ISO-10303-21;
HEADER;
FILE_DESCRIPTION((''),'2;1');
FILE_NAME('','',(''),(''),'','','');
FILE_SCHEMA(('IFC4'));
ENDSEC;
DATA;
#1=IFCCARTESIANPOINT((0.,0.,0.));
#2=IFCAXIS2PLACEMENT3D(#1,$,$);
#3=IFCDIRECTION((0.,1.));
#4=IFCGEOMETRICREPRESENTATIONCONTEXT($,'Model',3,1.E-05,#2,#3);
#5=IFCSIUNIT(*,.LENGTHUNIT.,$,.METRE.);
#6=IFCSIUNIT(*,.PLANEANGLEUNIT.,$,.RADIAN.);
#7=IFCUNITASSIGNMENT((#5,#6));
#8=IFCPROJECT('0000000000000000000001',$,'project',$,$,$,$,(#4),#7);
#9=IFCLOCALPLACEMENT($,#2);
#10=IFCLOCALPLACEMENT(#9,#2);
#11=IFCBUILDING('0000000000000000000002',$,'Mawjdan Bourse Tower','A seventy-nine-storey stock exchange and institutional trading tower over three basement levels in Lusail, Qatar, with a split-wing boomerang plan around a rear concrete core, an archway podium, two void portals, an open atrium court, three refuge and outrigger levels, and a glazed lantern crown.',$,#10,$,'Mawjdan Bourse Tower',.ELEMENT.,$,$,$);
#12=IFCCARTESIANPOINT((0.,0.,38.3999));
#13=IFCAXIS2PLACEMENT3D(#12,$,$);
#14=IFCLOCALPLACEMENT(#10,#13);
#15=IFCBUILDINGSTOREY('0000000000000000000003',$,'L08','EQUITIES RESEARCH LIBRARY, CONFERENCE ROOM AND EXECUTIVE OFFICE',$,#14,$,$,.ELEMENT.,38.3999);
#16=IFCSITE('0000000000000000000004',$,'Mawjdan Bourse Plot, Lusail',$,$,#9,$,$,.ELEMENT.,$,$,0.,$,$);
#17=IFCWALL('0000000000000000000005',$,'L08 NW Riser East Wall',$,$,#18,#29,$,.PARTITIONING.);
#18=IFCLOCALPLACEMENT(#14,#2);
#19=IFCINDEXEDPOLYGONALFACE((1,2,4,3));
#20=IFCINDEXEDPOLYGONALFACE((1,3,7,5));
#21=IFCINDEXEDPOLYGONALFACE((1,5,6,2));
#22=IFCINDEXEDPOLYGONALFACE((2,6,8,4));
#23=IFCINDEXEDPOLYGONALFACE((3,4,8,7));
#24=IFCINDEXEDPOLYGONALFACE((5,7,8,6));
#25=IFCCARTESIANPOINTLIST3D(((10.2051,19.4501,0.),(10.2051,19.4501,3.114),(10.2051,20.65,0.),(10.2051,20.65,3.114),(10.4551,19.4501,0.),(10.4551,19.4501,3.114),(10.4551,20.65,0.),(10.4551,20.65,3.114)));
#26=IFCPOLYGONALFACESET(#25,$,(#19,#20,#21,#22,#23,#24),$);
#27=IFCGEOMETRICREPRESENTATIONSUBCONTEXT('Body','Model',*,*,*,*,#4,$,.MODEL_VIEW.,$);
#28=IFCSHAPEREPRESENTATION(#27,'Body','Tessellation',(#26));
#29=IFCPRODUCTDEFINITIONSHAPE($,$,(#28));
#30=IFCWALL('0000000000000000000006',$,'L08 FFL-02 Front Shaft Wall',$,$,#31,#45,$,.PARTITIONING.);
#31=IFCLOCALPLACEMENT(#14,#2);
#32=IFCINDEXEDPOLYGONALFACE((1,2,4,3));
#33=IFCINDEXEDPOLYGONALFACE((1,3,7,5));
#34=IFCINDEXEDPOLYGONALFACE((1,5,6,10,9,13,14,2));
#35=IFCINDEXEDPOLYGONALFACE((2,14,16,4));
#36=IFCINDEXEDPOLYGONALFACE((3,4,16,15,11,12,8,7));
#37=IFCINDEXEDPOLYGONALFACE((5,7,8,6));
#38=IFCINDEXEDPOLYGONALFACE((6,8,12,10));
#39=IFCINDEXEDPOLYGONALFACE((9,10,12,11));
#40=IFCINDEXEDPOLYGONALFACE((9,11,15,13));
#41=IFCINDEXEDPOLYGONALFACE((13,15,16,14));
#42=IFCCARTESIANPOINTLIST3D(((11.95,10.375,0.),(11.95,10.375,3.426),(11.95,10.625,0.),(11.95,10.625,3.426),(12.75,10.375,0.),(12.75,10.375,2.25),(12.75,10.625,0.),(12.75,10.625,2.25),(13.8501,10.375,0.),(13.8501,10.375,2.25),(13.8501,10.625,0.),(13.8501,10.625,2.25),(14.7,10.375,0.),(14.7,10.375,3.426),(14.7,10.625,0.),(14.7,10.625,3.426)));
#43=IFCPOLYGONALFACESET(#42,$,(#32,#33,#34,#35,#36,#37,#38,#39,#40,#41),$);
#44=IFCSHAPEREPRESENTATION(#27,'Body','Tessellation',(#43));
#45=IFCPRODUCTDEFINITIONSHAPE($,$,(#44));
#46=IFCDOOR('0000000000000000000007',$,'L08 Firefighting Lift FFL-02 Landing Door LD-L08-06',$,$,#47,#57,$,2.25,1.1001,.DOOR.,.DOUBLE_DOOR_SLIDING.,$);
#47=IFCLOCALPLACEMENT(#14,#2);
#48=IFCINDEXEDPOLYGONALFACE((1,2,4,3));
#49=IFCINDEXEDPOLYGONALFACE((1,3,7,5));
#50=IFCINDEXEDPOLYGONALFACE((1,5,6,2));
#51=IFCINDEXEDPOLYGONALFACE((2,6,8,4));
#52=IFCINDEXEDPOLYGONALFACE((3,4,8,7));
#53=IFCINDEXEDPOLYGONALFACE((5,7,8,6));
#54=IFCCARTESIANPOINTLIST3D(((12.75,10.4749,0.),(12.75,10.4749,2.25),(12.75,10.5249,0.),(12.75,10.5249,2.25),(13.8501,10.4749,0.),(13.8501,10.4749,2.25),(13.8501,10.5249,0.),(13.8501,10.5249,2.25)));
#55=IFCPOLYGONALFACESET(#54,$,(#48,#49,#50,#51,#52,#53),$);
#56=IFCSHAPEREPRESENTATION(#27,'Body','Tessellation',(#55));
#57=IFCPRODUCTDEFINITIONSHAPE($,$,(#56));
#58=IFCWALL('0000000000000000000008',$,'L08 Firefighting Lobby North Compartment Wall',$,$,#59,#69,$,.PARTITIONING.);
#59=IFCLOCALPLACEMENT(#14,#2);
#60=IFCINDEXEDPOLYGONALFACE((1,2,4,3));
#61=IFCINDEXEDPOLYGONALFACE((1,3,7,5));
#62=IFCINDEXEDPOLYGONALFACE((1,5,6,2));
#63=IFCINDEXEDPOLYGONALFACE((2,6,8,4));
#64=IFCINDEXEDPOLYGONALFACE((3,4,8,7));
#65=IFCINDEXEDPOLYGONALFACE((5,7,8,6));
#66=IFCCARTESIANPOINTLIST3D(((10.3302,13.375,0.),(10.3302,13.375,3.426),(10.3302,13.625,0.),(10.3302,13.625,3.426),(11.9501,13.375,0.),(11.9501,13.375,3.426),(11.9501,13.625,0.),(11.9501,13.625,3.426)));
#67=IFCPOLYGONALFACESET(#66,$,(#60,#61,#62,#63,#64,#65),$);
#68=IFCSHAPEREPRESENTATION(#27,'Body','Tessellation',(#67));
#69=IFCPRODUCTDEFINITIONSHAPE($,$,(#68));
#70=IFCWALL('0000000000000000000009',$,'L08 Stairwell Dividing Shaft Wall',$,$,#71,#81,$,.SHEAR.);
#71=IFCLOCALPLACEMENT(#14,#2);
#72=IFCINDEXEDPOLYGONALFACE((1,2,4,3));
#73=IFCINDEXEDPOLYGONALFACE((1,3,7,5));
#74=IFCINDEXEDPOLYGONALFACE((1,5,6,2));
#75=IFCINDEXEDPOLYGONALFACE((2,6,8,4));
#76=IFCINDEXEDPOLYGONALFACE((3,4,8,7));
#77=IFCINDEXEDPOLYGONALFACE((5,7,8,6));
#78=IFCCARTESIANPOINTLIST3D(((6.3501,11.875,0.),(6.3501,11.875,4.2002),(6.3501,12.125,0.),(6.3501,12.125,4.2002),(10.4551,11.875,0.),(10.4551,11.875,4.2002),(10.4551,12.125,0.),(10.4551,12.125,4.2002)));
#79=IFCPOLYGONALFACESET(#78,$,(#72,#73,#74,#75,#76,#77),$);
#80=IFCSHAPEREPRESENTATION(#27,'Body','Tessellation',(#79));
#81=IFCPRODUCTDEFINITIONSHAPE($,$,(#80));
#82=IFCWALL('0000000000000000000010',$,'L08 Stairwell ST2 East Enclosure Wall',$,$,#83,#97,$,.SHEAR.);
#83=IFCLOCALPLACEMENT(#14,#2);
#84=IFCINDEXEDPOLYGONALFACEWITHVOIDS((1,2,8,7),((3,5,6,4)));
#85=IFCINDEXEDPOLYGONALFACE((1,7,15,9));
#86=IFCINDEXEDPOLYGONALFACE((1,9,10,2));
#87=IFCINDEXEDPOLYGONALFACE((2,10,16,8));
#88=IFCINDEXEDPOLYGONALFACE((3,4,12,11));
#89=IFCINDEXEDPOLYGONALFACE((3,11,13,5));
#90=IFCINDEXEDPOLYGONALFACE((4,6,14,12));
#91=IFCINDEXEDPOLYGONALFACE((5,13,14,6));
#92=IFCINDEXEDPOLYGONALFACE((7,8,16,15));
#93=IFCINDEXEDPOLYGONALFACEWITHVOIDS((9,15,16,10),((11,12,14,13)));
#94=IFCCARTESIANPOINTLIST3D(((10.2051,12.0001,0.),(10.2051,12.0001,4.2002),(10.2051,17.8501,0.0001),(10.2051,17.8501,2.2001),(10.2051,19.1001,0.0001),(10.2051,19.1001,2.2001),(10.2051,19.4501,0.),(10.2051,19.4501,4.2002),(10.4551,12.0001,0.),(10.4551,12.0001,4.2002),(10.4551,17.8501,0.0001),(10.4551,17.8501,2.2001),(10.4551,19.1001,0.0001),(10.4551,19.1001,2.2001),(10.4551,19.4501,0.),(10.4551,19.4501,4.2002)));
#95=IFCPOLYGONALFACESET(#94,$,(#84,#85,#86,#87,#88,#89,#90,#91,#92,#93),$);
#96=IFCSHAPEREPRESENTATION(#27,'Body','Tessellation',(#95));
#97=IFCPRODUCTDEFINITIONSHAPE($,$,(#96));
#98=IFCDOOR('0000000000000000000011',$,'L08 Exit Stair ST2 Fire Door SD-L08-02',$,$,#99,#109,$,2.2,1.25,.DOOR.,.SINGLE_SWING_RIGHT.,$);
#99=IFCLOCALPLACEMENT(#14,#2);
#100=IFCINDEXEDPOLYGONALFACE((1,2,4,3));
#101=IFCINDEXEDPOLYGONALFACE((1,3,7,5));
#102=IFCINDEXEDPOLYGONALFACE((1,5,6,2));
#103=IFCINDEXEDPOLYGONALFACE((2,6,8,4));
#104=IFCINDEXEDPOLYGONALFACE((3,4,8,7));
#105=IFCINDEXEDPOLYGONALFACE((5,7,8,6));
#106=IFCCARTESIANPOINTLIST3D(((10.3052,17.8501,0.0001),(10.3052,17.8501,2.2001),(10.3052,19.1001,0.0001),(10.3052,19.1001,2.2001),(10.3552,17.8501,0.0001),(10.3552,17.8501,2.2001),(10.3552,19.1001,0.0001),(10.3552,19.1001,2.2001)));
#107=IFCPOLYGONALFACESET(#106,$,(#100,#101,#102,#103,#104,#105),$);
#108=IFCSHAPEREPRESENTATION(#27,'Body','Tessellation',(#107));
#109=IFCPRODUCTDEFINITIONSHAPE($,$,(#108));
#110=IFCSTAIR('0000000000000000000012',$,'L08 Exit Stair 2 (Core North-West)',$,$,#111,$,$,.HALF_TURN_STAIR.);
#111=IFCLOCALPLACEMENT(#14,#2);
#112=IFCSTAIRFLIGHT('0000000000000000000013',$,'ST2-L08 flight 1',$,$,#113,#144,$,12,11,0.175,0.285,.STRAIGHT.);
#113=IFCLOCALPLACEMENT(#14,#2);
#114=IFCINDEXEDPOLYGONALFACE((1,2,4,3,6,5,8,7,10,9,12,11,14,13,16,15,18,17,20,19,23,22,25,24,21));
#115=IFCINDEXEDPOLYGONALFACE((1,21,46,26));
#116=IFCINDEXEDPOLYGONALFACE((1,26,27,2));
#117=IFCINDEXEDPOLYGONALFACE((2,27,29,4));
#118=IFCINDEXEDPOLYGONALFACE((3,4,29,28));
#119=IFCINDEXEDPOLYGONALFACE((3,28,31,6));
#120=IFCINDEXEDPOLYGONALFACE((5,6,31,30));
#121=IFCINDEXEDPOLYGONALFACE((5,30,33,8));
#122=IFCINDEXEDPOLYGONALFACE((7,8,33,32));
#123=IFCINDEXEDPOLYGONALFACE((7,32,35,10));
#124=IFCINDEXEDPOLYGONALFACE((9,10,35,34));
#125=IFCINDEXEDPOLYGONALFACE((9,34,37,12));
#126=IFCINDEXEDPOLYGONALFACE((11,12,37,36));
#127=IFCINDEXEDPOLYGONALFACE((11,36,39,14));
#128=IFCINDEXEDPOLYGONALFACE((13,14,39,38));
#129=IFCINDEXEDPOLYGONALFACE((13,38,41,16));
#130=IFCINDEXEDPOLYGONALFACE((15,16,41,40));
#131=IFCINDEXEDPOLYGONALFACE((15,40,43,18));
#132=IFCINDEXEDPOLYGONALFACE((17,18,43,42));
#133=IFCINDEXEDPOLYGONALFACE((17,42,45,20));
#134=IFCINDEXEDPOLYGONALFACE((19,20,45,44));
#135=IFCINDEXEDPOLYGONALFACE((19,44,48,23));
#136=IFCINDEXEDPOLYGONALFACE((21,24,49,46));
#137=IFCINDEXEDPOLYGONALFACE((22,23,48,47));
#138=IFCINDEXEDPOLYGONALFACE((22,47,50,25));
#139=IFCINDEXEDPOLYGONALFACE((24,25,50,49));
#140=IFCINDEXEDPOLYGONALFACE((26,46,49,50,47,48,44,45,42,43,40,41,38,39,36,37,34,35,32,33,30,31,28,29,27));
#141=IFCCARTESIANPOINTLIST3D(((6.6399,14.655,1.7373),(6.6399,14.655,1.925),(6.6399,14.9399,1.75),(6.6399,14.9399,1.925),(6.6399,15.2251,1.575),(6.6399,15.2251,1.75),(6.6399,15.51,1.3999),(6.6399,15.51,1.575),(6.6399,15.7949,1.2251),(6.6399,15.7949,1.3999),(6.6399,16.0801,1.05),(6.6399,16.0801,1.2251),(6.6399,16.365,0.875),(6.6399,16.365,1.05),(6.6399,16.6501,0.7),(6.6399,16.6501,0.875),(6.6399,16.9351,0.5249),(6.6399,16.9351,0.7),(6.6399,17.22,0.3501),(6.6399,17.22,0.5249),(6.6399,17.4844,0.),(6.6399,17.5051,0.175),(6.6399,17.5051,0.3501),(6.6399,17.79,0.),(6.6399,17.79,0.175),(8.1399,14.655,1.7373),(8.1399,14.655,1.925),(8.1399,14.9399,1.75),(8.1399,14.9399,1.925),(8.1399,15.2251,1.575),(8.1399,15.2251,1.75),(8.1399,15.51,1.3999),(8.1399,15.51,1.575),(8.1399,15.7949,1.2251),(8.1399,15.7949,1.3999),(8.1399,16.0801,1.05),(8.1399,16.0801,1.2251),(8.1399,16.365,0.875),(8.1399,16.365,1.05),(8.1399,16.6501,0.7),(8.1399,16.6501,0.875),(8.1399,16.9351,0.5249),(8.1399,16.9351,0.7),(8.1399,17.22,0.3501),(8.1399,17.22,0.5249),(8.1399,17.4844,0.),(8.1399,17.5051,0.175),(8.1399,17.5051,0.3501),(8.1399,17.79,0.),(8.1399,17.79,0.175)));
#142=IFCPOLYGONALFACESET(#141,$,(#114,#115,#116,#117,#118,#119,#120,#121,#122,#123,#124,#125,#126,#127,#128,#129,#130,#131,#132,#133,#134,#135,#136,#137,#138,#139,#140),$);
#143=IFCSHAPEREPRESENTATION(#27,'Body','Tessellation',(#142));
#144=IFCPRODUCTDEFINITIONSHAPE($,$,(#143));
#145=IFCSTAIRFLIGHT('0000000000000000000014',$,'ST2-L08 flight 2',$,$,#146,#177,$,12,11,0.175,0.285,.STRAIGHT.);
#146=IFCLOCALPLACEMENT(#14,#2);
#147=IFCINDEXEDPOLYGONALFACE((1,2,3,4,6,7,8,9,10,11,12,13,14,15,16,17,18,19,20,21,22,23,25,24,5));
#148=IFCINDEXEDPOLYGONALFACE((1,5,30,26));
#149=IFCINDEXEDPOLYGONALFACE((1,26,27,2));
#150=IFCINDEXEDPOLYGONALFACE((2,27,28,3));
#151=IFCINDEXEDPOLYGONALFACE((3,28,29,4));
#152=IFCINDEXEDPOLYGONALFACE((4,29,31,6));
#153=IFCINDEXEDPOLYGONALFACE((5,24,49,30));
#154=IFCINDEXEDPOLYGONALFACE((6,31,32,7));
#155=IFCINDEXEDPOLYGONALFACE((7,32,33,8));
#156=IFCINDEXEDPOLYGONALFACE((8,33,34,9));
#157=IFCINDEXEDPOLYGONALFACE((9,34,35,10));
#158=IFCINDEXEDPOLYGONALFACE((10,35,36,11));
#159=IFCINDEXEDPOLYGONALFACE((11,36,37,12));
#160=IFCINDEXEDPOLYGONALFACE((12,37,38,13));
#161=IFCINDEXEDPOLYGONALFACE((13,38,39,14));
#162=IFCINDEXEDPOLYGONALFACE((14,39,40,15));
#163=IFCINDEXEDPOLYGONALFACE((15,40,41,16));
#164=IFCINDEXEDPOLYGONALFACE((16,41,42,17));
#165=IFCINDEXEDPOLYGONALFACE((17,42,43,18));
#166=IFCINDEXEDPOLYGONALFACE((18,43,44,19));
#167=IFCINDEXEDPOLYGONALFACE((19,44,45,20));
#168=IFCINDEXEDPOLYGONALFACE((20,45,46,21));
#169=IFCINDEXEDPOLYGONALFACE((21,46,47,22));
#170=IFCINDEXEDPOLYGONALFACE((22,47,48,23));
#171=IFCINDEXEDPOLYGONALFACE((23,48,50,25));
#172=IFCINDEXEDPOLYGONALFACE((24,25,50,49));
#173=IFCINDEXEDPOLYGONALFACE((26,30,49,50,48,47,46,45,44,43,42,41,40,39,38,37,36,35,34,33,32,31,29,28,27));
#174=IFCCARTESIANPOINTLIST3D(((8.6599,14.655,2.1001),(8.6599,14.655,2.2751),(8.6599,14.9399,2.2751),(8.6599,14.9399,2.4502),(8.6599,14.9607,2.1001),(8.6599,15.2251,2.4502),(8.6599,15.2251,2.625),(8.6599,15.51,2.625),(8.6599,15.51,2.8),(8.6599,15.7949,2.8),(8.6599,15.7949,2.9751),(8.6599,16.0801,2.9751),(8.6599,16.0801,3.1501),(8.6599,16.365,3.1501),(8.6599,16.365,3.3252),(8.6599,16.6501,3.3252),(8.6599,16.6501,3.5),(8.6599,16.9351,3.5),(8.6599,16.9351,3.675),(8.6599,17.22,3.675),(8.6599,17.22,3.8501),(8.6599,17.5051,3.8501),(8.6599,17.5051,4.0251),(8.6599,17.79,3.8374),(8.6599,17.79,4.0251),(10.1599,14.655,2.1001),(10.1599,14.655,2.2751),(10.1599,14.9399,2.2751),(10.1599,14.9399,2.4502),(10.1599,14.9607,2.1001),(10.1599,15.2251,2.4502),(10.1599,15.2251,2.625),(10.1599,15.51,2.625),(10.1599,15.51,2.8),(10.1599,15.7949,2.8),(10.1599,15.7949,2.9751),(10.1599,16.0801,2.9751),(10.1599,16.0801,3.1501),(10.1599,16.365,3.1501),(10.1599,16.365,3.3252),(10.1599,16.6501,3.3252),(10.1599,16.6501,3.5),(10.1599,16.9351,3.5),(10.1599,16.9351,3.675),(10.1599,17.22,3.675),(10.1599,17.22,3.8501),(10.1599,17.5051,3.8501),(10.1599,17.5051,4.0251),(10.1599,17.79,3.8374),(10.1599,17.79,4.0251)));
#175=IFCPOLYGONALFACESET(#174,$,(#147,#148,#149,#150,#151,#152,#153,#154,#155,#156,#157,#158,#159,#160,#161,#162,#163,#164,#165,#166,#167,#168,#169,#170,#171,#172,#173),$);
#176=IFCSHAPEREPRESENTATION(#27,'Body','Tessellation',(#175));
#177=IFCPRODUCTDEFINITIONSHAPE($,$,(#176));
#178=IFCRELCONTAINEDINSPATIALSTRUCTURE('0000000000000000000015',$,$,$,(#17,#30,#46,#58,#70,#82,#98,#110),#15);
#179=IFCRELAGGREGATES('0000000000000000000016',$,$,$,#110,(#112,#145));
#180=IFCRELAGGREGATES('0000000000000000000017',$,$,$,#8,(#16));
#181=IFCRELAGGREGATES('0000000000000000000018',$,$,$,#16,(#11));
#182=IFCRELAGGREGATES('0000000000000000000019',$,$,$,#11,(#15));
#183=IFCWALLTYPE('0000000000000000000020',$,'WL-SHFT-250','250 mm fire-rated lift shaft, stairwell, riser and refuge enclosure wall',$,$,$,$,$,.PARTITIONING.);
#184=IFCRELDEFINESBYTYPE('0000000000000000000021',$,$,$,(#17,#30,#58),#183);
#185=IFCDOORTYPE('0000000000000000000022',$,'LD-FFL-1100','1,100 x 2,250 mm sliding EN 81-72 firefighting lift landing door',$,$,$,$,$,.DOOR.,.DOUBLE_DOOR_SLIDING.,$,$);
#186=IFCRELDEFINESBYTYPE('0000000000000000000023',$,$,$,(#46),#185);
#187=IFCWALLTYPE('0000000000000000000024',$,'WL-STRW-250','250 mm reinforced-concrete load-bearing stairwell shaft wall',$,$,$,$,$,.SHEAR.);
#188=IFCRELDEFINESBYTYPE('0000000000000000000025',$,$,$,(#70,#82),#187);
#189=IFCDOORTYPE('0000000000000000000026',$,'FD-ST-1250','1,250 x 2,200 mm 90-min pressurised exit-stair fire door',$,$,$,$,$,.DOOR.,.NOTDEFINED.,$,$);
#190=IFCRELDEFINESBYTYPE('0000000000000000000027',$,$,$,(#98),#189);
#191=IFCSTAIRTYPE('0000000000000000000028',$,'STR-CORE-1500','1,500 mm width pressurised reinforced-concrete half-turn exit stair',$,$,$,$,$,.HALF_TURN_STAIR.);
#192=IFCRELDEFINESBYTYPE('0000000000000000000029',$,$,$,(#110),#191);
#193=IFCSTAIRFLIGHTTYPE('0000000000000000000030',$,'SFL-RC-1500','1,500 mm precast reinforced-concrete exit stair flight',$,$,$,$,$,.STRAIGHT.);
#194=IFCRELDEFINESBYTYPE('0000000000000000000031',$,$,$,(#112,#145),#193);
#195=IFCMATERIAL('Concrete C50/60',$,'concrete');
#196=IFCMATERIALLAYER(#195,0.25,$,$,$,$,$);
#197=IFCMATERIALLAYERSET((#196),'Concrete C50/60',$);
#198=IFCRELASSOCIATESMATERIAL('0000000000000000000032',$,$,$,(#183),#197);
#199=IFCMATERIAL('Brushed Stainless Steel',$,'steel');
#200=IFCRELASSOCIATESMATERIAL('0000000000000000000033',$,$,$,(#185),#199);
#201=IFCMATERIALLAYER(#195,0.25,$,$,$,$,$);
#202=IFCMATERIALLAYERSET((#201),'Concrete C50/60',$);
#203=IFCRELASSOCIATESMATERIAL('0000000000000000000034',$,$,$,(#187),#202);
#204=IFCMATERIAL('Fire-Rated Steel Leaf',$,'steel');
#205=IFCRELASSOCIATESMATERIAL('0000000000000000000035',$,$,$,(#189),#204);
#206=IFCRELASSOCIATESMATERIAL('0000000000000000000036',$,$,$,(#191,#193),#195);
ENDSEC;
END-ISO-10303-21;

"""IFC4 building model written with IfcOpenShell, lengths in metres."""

from ifc_helpers import new_model, si_unit, direction, frame, frame_2d, origin, place, context, subcontext, project, spatial, polyline, rectangle, outline, extrude, material, layer, layer_set, type_object, element, fill, aggregate, save


model = new_model("IFC4")

# Units and contexts
model_context = context("Model", 3, precision=1e-05, world=origin(), true_north=direction((0.0, 1.0)))
body_context = subcontext(model_context, "Body", "Model", "MODEL_VIEW")
ifc_project = project(units=[si_unit("LENGTHUNIT", "METRE"), si_unit("PLANEANGLEUNIT", "RADIAN")], contexts=[model_context])

# Site, building, storey
site_placement = place(None, origin())
site = spatial("IfcSite", under=ifc_project, at=site_placement, Name="Mawjdan Bourse Plot, Lusail", CompositionType="ELEMENT", RefElevation=0.0)
building_placement = place(site_placement, origin())
building = spatial("IfcBuilding", under=site, at=building_placement, Name="Mawjdan Bourse Tower", Description="A seventy-nine-storey stock exchange and institutional trading tower over three basement levels in Lusail, Qatar, with a split-wing boomerang plan around a rear concrete core, an archway podium, two void portals, an open atrium court, three refuge and outrigger levels, and a glazed lantern crown.", LongName="Mawjdan Bourse Tower", CompositionType="ELEMENT")
storey_placement = place(building_placement, frame((0.0, 0.0, 38.3999)))
storey = spatial("IfcBuildingStorey", under=building, at=storey_placement, Name="L08", Description="EQUITIES RESEARCH LIBRARY, CONFERENCE ROOM AND EXECUTIVE OFFICE", CompositionType="ELEMENT", Elevation=38.3999)

# Wall
ifc_material_1 = material(Name="Concrete C50/60", Category="concrete")
ifc_layer_1 = layer(ifc_material_1, 0.25)
ifc_layer_set_1 = layer_set([ifc_layer_1], Name="Concrete C50/60")
wall_type_1 = type_object("IfcWallType", Name="WL-SHFT-250", Description="250 mm fire-rated lift shaft, stairwell, riser and refuge enclosure wall", PredefinedType="PARTITIONING", material=ifc_layer_set_1)
wall_1_placement = place(storey_placement, frame((10.3301, 19.45, 0.0), z_axis=(0.0, 0.0, 1.0), x_axis=(0.0, 1.0, 0.0)))
element("IfcWall", 1, at=wall_1_placement, inside=storey, type_object=wall_type_1, Name="L08 NW Riser East Wall", PredefinedType="PARTITIONING", context=body_context, shape_type="SweptSolid", body=[
    extrude(rectangle(XDim=1.2, YDim=0.25, at=frame_2d((0.6001, 0.0))), origin(), (0.0, 0.0, 1.0), 3.114),
])

# Wall, opening, door
wall_2_placement = place(storey_placement, frame((11.95, 10.5, 0.0), z_axis=(0.0, 0.0, 1.0), x_axis=(1.0, 0.0, 0.0)))
wall_2 = element("IfcWall", 2, at=wall_2_placement, inside=storey, type_object=wall_type_1, Name="L08 FFL-02 Front Shaft Wall", PredefinedType="PARTITIONING", context=body_context, shape_type="SweptSolid", body=[
    extrude(rectangle(XDim=2.75, YDim=0.25, at=frame_2d((1.375, 0.0))), origin(), (0.0, 0.0, 1.0), 3.426),
])
opening_1_placement = place(wall_2_placement, frame((0.8, 0.0, 0.0)))
opening_1 = element("IfcOpeningElement", 3, at=opening_1_placement, cuts=wall_2, PredefinedType="OPENING", context=body_context, shape_type="SweptSolid", body=[
    extrude(rectangle(XDim=1.1001, YDim=2.25, at=frame_2d((0.55, 1.125))), frame((0.0, 0.135, 0.0), z_axis=(0.0, -1.0, 0.0), x_axis=(1.0, 0.0, 0.0)), (0.0, 0.0, 1.0), 0.27),
])
ifc_material_2 = material(Name="Brushed Stainless Steel", Category="steel")
door_type_1 = type_object("IfcDoorType", Name="LD-FFL-1100", Description="1,100 x 2,250 mm sliding EN 81-72 firefighting lift landing door", OperationType="DOUBLE_DOOR_SLIDING", PredefinedType="DOOR", material=ifc_material_2)
door_1_placement = place(opening_1_placement, origin())
door_1 = element("IfcDoor", 4, at=door_1_placement, inside=storey, type_object=door_type_1, Name="L08 Firefighting Lift FFL-02 Landing Door LD-L08-06", OperationType="DOUBLE_DOOR_SLIDING", OverallHeight=2.25, OverallWidth=1.1001, PredefinedType="DOOR", context=body_context, shape_type="SweptSolid", body=[
    extrude(rectangle(XDim=1.1001, YDim=2.25, at=frame_2d((0.55, 1.125))), frame((0.0, 0.0249, 0.0), z_axis=(0.0, -1.0, 0.0), x_axis=(1.0, 0.0, 0.0)), (0.0, 0.0, 1.0), 0.05),
])
fill(opening_1, door_1)

# Walls
wall_3_placement = place(storey_placement, frame((10.3301, 13.5, 0.0), z_axis=(0.0, 0.0, 1.0), x_axis=(1.0, 0.0, 0.0)))
element("IfcWall", 5, at=wall_3_placement, inside=storey, type_object=wall_type_1, Name="L08 Firefighting Lobby North Compartment Wall", PredefinedType="PARTITIONING", context=body_context, shape_type="SweptSolid", body=[
    extrude(rectangle(XDim=1.6199, YDim=0.25, at=frame_2d((0.8101, 0.0))), origin(), (0.0, 0.0, 1.0), 3.426),
])
ifc_layer_2 = layer(ifc_material_1, 0.25)
ifc_layer_set_2 = layer_set([ifc_layer_2], Name="Concrete C50/60")
wall_type_2 = type_object("IfcWallType", Name="WL-STRW-250", Description="250 mm reinforced-concrete load-bearing stairwell shaft wall", PredefinedType="SHEAR", material=ifc_layer_set_2)
wall_4_placement = place(storey_placement, frame((6.3501, 12.0, 0.0), z_axis=(0.0, 0.0, 1.0), x_axis=(1.0, 0.0, 0.0)))
element("IfcWall", 6, at=wall_4_placement, inside=storey, type_object=wall_type_2, Name="L08 Stairwell Dividing Shaft Wall", PredefinedType="SHEAR", context=body_context, shape_type="SweptSolid", body=[
    extrude(rectangle(XDim=4.105, YDim=0.25, at=frame_2d((2.0525, 0.0))), origin(), (0.0, 0.0, 1.0), 4.2002),
])

# Wall, opening, door
wall_5_placement = place(storey_placement, frame((10.3301, 12.0, 0.0), z_axis=(0.0, 0.0, 1.0), x_axis=(0.0, 1.0, 0.0)))
wall_5 = element("IfcWall", 7, at=wall_5_placement, inside=storey, type_object=wall_type_2, Name="L08 Stairwell ST2 East Enclosure Wall", PredefinedType="SHEAR", context=body_context, shape_type="SweptSolid", body=[
    extrude(rectangle(XDim=7.45, YDim=0.25, at=frame_2d((3.7251, 0.0))), origin(), (0.0, 0.0, 1.0), 4.2002),
])
opening_2_placement = place(wall_5_placement, frame((5.8501, 0.0, 0.0)))
opening_2 = element("IfcOpeningElement", 8, at=opening_2_placement, cuts=wall_5, PredefinedType="OPENING", context=body_context, shape_type="SweptSolid", body=[
    extrude(rectangle(XDim=1.25, YDim=2.2, at=frame_2d((0.625, 1.1001))), frame((0.0, 0.135, 0.0), z_axis=(0.0, -1.0, 0.0), x_axis=(1.0, 0.0, 0.0)), (0.0, 0.0, 1.0), 0.27),
])
ifc_material_3 = material(Name="Fire-Rated Steel Leaf", Category="steel")
door_type_2 = type_object("IfcDoorType", Name="FD-ST-1250", Description="1,250 x 2,200 mm 90-min pressurised exit-stair fire door", OperationType="NOTDEFINED", PredefinedType="DOOR", material=ifc_material_3)
door_2_placement = place(opening_2_placement, origin())
door_2 = element("IfcDoor", 9, at=door_2_placement, inside=storey, type_object=door_type_2, Name="L08 Exit Stair ST2 Fire Door SD-L08-02", OperationType="SINGLE_SWING_RIGHT", OverallHeight=2.2, OverallWidth=1.25, PredefinedType="DOOR", context=body_context, shape_type="SweptSolid", body=[
    extrude(rectangle(XDim=1.25, YDim=2.2, at=frame_2d((0.625, 1.1001))), frame((0.0, 0.0249, 0.0), z_axis=(0.0, -1.0, 0.0), x_axis=(1.0, 0.0, 0.0)), (0.0, 0.0, 1.0), 0.05),
])
fill(opening_2, door_2)

# Stair, stair flights
stair_type = type_object("IfcStairType", Name="STR-CORE-1500", Description="1,500 mm width pressurised reinforced-concrete half-turn exit stair", PredefinedType="HALF_TURN_STAIR", material=ifc_material_1)
stair_placement = place(storey_placement, origin())
stair = element("IfcStair", 10, at=stair_placement, inside=storey, type_object=stair_type, Name="L08 Exit Stair 2 (Core North-West)", PredefinedType="HALF_TURN_STAIR")
stair_flight_type = type_object("IfcStairFlightType", Name="SFL-RC-1500", Description="1,500 mm precast reinforced-concrete exit stair flight", PredefinedType="STRAIGHT", material=ifc_material_1)
stair_flight_1_placement = place(storey_placement, frame((7.3899, 17.79, 0.0), z_axis=(0.0, 0.0, 1.0), x_axis=(0.0, -1.0, 0.0)))
stair_flight_1 = element("IfcStairFlight", 11, at=stair_flight_1_placement, type_object=stair_flight_type, Name="ST2-L08 flight 1", NumberOfRisers=12, NumberOfTreads=11, PredefinedType="STRAIGHT", RiserHeight=0.175, TreadLength=0.285, context=body_context, shape_type="SweptSolid", body=[
    extrude(outline(polyline([(0.0, 0.0), (0.0, 0.175), (0.2849, 0.175), (0.2849, 0.3501), (0.5701, 0.3501), (0.5701, 0.5249), (0.855, 0.5249), (0.855, 0.7), (1.1399, 0.7), (1.1399, 0.875), (1.425, 0.875), (1.425, 1.05), (1.71, 1.05), (1.71, 1.2251), (1.9951, 1.2251), (1.9951, 1.3999), (2.28, 1.3999), (2.28, 1.575), (2.5649, 1.575), (2.5649, 1.75), (2.8501, 1.75), (2.8501, 1.925), (3.135, 1.925), (3.135, 2.1001), (3.135, 1.7373), (0.3057, 0.0), (0.0, 0.0)])), frame((0.0, 0.75, 0.0), z_axis=(0.0, -1.0, 0.0), x_axis=(1.0, 0.0, 0.0)), (0.0, 0.0, 1.0), 1.5),
])
stair_flight_2_placement = place(storey_placement, frame((9.4099, 14.655, 2.1001), z_axis=(0.0, 0.0, 1.0), x_axis=(0.0, 1.0, 0.0)))
stair_flight_2 = element("IfcStairFlight", 12, at=stair_flight_2_placement, type_object=stair_flight_type, Name="ST2-L08 flight 2", NumberOfRisers=12, NumberOfTreads=11, PredefinedType="STRAIGHT", RiserHeight=0.175, TreadLength=0.285, context=body_context, shape_type="SweptSolid", body=[
    extrude(outline(polyline([(0.0, 0.0), (0.0, 0.175), (0.2849, 0.175), (0.2849, 0.3501), (0.5701, 0.3501), (0.5701, 0.5249), (0.855, 0.5249), (0.855, 0.7), (1.1399, 0.7), (1.1399, 0.875), (1.425, 0.875), (1.425, 1.05), (1.71, 1.05), (1.71, 1.2251), (1.9951, 1.2251), (1.9951, 1.3999), (2.28, 1.3999), (2.28, 1.575), (2.5649, 1.575), (2.5649, 1.75), (2.8501, 1.75), (2.8501, 1.925), (3.135, 1.925), (3.135, 2.1001), (3.135, 1.7373), (0.3057, 0.0), (0.0, 0.0)])), frame((0.0, 0.75, 0.0), z_axis=(0.0, -1.0, 0.0), x_axis=(1.0, 0.0, 0.0)), (0.0, 0.0, 1.0), 1.5),
])
aggregate(stair, [stair_flight_1, stair_flight_2])

save(model, "model.ifc")
